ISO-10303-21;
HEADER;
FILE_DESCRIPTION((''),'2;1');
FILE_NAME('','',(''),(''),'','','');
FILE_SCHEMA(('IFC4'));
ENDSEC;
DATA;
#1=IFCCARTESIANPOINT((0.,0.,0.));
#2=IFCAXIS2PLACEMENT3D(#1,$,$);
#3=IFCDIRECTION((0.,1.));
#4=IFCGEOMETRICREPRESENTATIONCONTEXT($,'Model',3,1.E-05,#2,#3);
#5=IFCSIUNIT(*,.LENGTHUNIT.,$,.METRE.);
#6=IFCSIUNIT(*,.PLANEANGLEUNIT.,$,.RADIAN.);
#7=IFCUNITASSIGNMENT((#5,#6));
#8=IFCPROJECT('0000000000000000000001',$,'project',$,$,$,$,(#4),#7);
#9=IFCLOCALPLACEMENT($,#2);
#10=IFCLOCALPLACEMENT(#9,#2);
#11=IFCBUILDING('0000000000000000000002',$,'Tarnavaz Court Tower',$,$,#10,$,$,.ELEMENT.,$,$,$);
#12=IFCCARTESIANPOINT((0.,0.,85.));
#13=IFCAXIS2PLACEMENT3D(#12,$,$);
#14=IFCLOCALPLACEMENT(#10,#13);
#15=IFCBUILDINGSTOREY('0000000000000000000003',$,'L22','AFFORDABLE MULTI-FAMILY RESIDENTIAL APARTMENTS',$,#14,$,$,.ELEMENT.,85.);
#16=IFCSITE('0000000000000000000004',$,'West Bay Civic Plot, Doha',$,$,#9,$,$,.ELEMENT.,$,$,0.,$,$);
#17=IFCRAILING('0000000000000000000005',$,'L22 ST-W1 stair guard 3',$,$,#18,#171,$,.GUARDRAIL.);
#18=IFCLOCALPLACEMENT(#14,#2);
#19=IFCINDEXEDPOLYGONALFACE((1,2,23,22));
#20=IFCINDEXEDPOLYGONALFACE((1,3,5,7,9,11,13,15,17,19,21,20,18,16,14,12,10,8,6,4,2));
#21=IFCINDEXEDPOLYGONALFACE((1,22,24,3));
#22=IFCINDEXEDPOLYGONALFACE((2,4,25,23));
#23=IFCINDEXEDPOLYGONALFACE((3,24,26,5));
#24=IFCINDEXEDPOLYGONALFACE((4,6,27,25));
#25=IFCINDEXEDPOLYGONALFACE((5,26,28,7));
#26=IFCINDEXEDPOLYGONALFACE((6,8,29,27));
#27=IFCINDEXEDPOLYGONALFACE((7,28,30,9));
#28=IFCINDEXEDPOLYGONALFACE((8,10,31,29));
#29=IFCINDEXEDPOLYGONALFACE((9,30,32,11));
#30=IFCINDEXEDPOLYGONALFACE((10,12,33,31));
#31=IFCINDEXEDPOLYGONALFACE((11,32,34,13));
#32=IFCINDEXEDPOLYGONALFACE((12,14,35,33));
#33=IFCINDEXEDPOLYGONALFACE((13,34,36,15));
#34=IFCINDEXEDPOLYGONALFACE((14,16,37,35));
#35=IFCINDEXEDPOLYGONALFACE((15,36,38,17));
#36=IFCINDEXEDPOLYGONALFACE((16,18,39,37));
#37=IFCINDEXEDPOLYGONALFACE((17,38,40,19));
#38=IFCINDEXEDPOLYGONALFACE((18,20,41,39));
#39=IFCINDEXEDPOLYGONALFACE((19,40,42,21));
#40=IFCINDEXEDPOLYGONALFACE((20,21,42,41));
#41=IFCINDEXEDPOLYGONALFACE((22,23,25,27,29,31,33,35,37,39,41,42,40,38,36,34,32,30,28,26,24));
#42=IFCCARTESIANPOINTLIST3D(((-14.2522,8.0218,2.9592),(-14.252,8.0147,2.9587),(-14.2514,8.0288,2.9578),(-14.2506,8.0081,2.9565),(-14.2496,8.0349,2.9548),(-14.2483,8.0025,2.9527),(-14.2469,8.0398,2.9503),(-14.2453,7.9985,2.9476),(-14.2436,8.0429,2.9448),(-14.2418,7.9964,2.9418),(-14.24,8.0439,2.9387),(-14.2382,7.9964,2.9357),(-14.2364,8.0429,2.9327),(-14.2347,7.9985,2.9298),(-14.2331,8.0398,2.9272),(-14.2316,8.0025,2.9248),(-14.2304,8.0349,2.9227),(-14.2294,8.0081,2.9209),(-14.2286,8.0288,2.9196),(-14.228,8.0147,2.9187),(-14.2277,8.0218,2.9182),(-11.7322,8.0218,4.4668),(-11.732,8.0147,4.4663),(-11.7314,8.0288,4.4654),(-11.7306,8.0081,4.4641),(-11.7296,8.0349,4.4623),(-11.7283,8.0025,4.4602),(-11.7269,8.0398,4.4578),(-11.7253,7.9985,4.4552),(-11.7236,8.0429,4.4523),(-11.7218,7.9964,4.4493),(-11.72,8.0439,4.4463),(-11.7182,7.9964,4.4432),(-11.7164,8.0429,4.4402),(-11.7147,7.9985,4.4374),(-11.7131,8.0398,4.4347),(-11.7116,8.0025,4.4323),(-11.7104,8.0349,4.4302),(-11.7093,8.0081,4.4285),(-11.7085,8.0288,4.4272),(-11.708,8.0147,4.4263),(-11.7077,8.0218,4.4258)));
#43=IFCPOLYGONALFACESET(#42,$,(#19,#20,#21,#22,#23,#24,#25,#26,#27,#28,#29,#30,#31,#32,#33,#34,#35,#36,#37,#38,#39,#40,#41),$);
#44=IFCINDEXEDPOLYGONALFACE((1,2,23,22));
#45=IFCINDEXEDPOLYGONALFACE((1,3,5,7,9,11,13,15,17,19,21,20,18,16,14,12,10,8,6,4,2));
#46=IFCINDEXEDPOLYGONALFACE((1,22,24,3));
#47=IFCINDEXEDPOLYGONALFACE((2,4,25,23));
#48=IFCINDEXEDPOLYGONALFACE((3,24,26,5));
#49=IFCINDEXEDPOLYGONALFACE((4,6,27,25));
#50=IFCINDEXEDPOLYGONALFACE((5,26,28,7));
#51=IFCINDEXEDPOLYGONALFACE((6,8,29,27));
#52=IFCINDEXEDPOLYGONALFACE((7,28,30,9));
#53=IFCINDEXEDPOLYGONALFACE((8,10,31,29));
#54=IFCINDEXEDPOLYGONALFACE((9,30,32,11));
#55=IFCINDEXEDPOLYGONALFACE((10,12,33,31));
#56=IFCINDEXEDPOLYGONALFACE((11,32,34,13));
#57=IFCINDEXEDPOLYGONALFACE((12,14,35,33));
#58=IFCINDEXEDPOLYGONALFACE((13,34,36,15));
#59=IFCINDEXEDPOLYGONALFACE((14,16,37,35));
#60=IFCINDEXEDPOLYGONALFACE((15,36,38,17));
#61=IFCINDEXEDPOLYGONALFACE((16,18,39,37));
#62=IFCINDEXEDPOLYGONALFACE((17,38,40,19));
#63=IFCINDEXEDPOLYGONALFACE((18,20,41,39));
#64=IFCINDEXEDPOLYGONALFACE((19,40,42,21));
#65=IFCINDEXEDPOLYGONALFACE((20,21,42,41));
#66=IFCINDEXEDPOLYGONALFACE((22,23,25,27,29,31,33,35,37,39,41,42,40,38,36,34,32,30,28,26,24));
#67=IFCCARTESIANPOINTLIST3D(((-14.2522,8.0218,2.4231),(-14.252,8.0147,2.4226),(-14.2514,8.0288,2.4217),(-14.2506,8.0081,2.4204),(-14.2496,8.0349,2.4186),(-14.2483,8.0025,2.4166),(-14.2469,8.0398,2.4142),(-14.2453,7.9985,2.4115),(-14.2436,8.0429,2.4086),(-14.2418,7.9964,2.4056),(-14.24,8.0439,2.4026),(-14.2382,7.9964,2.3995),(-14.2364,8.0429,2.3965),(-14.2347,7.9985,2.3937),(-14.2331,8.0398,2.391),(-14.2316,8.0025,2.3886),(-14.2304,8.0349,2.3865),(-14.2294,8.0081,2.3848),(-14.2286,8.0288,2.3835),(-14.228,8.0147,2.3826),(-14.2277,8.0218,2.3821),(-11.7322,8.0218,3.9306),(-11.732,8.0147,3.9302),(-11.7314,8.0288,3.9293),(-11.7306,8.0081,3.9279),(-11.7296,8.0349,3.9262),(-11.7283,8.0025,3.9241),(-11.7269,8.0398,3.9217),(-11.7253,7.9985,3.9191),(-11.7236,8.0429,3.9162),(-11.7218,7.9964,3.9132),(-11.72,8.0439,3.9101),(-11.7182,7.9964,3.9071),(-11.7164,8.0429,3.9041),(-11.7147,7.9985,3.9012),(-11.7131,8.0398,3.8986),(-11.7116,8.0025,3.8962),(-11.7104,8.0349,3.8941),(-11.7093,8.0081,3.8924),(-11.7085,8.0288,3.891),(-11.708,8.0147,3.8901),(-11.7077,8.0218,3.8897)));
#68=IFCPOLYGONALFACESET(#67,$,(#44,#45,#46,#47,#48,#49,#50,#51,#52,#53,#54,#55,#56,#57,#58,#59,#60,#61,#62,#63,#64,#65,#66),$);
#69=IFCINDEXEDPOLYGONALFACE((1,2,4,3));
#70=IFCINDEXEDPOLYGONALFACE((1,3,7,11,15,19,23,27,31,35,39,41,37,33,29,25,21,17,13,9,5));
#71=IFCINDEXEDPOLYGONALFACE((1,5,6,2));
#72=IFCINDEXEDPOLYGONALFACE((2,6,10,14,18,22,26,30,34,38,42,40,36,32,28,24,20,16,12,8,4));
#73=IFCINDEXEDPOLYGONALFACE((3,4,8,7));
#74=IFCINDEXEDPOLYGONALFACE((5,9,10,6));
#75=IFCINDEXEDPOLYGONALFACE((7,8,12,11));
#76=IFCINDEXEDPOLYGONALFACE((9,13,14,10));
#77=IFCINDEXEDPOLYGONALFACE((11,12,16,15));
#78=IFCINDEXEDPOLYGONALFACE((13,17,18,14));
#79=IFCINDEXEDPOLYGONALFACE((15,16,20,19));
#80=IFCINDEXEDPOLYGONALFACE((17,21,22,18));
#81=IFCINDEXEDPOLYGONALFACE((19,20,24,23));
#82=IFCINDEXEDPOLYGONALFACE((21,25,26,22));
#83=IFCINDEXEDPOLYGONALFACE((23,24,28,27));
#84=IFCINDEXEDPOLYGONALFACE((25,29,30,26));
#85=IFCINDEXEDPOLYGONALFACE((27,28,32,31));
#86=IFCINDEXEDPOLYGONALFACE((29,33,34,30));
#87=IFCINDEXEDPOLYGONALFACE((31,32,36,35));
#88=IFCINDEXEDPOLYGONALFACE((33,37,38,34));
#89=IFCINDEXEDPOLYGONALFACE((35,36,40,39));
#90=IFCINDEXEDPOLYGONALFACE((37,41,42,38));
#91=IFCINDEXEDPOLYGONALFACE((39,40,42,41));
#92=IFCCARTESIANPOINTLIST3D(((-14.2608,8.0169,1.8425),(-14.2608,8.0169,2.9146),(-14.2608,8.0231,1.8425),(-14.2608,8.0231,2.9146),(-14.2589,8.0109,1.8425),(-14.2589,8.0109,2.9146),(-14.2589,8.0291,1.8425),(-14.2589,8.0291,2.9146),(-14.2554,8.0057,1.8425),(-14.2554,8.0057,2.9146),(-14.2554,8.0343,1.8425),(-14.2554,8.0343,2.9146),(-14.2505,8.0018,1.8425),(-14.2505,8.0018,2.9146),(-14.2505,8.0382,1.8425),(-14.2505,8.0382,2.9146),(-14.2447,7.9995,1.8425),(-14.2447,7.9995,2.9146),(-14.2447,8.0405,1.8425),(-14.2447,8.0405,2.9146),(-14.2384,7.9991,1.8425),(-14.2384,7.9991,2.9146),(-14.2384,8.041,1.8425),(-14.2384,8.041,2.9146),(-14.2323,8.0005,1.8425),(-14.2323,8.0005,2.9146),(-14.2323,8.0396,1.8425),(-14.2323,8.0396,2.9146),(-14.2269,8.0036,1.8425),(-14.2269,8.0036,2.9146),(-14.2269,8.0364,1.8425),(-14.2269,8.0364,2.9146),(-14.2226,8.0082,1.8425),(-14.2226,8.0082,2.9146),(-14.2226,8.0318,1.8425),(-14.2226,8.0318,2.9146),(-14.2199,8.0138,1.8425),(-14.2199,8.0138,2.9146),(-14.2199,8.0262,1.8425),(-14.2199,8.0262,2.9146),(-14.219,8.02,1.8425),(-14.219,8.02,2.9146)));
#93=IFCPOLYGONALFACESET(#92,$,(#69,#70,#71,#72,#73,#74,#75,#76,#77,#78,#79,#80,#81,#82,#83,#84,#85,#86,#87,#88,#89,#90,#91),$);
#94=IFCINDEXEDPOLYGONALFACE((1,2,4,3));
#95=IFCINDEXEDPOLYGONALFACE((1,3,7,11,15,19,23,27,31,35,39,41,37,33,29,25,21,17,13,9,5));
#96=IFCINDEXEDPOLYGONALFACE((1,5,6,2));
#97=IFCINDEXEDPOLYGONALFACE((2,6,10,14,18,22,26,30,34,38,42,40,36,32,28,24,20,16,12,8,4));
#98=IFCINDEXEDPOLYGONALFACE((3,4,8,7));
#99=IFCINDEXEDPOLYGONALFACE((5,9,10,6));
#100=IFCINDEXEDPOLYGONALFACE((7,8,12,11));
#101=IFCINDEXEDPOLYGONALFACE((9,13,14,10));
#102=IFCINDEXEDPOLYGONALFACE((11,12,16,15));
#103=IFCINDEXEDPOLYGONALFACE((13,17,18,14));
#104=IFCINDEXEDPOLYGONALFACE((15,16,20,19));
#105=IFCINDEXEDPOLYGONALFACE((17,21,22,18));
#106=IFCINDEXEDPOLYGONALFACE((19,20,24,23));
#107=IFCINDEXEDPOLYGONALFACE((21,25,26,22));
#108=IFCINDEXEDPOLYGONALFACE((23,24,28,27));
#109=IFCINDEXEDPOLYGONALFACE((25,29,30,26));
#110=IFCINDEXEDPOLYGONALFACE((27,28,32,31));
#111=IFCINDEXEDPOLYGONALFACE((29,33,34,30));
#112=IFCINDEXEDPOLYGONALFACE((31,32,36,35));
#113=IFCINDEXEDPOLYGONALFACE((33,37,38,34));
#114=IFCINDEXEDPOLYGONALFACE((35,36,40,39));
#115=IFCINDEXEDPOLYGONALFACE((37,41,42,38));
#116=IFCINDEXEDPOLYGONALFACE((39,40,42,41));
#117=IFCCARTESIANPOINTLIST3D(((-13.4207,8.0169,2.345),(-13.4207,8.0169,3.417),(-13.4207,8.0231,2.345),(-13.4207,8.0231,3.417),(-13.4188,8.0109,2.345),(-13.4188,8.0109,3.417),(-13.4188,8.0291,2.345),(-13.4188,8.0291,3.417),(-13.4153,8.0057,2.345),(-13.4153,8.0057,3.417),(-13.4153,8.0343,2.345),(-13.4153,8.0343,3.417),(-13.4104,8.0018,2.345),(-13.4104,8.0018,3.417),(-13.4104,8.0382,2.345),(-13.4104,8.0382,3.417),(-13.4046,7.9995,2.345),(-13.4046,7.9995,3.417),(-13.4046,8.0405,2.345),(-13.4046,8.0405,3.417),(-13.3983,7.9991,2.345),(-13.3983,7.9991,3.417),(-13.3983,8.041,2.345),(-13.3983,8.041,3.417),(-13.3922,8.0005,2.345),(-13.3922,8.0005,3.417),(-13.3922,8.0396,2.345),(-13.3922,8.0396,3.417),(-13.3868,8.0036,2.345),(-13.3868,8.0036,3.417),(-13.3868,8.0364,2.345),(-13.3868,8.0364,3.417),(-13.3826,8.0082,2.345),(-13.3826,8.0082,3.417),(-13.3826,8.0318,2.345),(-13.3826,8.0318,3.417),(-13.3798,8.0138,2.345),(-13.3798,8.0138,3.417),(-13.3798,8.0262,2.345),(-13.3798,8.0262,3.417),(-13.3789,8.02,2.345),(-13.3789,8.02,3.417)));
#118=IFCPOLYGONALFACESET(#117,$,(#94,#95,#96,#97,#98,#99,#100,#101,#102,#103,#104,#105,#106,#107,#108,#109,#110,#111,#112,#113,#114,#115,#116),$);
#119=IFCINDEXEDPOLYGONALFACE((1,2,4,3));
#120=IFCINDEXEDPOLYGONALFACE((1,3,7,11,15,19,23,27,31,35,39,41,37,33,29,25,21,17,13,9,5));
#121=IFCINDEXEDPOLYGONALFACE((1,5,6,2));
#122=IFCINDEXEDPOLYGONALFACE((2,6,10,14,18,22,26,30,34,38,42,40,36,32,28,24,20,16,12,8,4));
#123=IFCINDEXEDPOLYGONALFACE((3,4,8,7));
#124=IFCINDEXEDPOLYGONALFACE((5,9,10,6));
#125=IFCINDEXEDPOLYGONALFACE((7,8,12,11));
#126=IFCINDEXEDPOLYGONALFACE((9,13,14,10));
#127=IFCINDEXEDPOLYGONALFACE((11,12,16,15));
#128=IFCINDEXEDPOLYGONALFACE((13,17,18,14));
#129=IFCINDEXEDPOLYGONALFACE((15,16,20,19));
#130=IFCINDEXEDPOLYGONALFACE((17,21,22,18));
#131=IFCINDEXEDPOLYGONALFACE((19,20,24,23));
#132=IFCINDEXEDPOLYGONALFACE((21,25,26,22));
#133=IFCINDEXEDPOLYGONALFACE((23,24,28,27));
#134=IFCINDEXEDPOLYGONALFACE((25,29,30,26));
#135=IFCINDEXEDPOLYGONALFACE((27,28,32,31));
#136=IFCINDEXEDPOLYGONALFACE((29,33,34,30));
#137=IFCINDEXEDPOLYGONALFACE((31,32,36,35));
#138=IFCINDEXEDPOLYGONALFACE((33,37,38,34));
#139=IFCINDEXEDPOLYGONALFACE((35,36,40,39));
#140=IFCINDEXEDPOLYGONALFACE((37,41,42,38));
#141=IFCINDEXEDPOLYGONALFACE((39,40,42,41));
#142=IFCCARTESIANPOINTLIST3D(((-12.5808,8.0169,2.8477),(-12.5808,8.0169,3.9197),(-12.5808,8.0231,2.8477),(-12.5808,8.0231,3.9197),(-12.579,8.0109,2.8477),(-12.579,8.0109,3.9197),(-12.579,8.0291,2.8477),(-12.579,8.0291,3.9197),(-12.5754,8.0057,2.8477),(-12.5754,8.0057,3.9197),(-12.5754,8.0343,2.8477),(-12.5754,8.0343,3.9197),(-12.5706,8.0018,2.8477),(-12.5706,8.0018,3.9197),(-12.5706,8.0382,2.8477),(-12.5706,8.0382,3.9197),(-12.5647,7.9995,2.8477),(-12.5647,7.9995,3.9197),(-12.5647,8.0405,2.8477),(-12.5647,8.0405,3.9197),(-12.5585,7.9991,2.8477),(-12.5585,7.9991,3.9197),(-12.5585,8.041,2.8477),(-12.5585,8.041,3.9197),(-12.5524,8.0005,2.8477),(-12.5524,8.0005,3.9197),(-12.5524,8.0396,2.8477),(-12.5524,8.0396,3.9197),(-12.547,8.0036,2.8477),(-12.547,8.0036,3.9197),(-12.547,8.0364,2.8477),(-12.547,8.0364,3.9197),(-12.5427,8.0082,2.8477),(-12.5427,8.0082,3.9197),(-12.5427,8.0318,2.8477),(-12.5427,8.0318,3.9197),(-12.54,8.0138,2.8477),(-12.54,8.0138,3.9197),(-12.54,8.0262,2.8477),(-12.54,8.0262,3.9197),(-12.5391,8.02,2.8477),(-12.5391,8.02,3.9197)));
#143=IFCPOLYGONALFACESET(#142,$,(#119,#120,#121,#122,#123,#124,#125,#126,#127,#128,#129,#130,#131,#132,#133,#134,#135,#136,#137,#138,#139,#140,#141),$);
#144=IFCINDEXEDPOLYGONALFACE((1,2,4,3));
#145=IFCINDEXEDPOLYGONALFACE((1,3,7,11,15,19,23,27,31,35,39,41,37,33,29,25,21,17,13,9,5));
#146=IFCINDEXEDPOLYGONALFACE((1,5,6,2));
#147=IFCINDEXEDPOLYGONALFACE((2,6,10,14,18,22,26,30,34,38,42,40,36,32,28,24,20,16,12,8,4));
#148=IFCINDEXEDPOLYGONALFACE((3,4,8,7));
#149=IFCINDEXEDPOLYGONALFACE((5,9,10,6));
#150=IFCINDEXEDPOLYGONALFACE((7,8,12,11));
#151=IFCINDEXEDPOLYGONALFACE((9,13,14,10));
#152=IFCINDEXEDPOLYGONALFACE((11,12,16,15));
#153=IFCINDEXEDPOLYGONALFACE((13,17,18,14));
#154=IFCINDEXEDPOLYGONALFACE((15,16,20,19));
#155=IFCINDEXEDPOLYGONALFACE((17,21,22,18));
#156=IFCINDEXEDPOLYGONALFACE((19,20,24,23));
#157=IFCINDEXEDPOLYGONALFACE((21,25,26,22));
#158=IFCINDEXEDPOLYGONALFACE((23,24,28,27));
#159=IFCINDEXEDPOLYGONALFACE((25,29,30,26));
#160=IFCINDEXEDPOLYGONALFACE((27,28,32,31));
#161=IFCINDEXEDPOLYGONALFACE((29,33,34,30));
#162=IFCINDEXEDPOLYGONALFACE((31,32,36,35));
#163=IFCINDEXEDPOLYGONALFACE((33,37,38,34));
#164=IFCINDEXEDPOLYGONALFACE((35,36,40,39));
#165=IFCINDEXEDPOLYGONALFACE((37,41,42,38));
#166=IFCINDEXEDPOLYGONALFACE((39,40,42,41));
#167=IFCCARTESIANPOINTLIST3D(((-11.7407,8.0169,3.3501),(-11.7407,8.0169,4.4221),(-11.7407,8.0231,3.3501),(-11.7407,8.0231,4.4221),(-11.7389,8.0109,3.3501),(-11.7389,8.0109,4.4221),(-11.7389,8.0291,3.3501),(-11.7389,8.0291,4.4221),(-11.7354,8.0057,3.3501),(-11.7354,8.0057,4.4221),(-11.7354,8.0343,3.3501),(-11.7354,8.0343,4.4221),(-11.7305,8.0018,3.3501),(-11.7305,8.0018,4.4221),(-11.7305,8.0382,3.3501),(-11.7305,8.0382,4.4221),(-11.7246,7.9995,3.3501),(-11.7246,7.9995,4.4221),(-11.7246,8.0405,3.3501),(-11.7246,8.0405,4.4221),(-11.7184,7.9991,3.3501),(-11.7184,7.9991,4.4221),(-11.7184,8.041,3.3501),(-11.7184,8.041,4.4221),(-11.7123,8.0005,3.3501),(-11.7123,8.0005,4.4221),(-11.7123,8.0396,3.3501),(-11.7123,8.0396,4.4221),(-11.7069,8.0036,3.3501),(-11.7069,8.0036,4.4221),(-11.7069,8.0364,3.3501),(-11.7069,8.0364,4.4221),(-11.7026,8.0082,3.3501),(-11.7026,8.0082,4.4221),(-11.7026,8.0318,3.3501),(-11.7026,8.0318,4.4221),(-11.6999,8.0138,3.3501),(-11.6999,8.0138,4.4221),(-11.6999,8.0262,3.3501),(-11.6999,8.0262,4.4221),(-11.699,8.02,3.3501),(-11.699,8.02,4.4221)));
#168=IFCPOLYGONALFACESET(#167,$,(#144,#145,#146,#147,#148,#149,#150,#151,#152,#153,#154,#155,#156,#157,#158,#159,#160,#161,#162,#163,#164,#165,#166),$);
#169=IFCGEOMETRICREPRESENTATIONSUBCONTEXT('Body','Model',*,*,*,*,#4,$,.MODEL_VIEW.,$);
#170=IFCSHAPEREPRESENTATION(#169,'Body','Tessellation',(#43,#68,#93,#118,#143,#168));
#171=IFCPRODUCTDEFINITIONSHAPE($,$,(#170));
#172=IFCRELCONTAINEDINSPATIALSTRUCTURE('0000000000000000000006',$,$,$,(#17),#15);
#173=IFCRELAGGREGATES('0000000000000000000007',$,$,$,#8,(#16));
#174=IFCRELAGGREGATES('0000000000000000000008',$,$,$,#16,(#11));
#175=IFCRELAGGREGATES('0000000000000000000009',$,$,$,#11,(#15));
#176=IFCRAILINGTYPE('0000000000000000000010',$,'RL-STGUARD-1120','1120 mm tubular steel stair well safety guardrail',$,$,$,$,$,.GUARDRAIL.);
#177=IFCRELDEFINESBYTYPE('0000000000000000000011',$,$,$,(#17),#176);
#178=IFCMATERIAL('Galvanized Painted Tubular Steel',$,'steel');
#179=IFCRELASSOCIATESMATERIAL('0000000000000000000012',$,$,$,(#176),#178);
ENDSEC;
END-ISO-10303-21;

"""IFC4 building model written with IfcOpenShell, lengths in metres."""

from ifc_helpers import new_model, si_unit, direction, frame, origin, origin_2d, place, context, subcontext, project, spatial, circle, extrude, material, type_object, element, save


model = new_model("IFC4")

# Units and contexts
model_context = context("Model", 3, precision=1e-05, world=origin(), true_north=direction((0.0, 1.0)))
body_context = subcontext(model_context, "Body", "Model", "MODEL_VIEW")
ifc_project = project(units=[si_unit("LENGTHUNIT", "METRE"), si_unit("PLANEANGLEUNIT", "RADIAN")], contexts=[model_context])

# Site, building, storey
site_placement = place(None, origin())
site = spatial("IfcSite", under=ifc_project, at=site_placement, Name="West Bay Civic Plot, Doha", CompositionType="ELEMENT", RefElevation=0.0)
building_placement = place(site_placement, origin())
building = spatial("IfcBuilding", under=site, at=building_placement, Name="Tarnavaz Court Tower", CompositionType="ELEMENT")
storey_placement = place(building_placement, frame((0.0, 0.0, 85.0)))
storey = spatial("IfcBuildingStorey", under=building, at=storey_placement, Name="L22", Description="AFFORDABLE MULTI-FAMILY RESIDENTIAL APARTMENTS", CompositionType="ELEMENT", Elevation=85.0)

# Railing
ifc_material_1 = material(Name="Galvanized Painted Tubular Steel", Category="steel")
railing_type_1 = type_object("IfcRailingType", Name="RL-STGUARD-1120", Description="1120 mm tubular steel stair well safety guardrail", PredefinedType="GUARDRAIL", material=ifc_material_1)
railing_1_placement = place(storey_placement, frame((-14.24, 8.02, 1.8425)))
element("IfcRailing", 1, at=railing_1_placement, inside=storey, type_object=railing_type_1, Name="L22 ST-W1 stair guard 3", PredefinedType="GUARDRAIL", context=body_context, shape_type="SweptSolid", body=[
    extrude(circle(Radius=0.0239, at=origin_2d()), frame((0.0, 0.0, 1.0962), z_axis=(0.85816, 0.0, 0.513383), x_axis=(0.0, 1.0, 0.0)), (0.0, 0.0, 1.0), 2.9365),
    extrude(circle(Radius=0.0239, at=origin_2d()), frame((0.0, 0.0, 0.5601), z_axis=(0.85816, 0.0, 0.513383), x_axis=(0.0, 1.0, 0.0)), (0.0, 0.0, 1.0), 2.9365),
    extrude(circle(Radius=0.021, at=origin_2d()), origin(), (0.0, 0.0, 1.0), 1.072),
    extrude(circle(Radius=0.021, at=origin_2d()), frame((0.8401, 0.0, 0.5024)), (0.0, 0.0, 1.0), 1.072),
    extrude(circle(Radius=0.021, at=origin_2d()), frame((1.6799, 0.0, 1.0051)), (0.0, 0.0, 1.0), 1.072),
    extrude(circle(Radius=0.021, at=origin_2d()), frame((2.52, 0.0, 1.5076)), (0.0, 0.0, 1.0), 1.072),
])

save(model, "model.ifc")
